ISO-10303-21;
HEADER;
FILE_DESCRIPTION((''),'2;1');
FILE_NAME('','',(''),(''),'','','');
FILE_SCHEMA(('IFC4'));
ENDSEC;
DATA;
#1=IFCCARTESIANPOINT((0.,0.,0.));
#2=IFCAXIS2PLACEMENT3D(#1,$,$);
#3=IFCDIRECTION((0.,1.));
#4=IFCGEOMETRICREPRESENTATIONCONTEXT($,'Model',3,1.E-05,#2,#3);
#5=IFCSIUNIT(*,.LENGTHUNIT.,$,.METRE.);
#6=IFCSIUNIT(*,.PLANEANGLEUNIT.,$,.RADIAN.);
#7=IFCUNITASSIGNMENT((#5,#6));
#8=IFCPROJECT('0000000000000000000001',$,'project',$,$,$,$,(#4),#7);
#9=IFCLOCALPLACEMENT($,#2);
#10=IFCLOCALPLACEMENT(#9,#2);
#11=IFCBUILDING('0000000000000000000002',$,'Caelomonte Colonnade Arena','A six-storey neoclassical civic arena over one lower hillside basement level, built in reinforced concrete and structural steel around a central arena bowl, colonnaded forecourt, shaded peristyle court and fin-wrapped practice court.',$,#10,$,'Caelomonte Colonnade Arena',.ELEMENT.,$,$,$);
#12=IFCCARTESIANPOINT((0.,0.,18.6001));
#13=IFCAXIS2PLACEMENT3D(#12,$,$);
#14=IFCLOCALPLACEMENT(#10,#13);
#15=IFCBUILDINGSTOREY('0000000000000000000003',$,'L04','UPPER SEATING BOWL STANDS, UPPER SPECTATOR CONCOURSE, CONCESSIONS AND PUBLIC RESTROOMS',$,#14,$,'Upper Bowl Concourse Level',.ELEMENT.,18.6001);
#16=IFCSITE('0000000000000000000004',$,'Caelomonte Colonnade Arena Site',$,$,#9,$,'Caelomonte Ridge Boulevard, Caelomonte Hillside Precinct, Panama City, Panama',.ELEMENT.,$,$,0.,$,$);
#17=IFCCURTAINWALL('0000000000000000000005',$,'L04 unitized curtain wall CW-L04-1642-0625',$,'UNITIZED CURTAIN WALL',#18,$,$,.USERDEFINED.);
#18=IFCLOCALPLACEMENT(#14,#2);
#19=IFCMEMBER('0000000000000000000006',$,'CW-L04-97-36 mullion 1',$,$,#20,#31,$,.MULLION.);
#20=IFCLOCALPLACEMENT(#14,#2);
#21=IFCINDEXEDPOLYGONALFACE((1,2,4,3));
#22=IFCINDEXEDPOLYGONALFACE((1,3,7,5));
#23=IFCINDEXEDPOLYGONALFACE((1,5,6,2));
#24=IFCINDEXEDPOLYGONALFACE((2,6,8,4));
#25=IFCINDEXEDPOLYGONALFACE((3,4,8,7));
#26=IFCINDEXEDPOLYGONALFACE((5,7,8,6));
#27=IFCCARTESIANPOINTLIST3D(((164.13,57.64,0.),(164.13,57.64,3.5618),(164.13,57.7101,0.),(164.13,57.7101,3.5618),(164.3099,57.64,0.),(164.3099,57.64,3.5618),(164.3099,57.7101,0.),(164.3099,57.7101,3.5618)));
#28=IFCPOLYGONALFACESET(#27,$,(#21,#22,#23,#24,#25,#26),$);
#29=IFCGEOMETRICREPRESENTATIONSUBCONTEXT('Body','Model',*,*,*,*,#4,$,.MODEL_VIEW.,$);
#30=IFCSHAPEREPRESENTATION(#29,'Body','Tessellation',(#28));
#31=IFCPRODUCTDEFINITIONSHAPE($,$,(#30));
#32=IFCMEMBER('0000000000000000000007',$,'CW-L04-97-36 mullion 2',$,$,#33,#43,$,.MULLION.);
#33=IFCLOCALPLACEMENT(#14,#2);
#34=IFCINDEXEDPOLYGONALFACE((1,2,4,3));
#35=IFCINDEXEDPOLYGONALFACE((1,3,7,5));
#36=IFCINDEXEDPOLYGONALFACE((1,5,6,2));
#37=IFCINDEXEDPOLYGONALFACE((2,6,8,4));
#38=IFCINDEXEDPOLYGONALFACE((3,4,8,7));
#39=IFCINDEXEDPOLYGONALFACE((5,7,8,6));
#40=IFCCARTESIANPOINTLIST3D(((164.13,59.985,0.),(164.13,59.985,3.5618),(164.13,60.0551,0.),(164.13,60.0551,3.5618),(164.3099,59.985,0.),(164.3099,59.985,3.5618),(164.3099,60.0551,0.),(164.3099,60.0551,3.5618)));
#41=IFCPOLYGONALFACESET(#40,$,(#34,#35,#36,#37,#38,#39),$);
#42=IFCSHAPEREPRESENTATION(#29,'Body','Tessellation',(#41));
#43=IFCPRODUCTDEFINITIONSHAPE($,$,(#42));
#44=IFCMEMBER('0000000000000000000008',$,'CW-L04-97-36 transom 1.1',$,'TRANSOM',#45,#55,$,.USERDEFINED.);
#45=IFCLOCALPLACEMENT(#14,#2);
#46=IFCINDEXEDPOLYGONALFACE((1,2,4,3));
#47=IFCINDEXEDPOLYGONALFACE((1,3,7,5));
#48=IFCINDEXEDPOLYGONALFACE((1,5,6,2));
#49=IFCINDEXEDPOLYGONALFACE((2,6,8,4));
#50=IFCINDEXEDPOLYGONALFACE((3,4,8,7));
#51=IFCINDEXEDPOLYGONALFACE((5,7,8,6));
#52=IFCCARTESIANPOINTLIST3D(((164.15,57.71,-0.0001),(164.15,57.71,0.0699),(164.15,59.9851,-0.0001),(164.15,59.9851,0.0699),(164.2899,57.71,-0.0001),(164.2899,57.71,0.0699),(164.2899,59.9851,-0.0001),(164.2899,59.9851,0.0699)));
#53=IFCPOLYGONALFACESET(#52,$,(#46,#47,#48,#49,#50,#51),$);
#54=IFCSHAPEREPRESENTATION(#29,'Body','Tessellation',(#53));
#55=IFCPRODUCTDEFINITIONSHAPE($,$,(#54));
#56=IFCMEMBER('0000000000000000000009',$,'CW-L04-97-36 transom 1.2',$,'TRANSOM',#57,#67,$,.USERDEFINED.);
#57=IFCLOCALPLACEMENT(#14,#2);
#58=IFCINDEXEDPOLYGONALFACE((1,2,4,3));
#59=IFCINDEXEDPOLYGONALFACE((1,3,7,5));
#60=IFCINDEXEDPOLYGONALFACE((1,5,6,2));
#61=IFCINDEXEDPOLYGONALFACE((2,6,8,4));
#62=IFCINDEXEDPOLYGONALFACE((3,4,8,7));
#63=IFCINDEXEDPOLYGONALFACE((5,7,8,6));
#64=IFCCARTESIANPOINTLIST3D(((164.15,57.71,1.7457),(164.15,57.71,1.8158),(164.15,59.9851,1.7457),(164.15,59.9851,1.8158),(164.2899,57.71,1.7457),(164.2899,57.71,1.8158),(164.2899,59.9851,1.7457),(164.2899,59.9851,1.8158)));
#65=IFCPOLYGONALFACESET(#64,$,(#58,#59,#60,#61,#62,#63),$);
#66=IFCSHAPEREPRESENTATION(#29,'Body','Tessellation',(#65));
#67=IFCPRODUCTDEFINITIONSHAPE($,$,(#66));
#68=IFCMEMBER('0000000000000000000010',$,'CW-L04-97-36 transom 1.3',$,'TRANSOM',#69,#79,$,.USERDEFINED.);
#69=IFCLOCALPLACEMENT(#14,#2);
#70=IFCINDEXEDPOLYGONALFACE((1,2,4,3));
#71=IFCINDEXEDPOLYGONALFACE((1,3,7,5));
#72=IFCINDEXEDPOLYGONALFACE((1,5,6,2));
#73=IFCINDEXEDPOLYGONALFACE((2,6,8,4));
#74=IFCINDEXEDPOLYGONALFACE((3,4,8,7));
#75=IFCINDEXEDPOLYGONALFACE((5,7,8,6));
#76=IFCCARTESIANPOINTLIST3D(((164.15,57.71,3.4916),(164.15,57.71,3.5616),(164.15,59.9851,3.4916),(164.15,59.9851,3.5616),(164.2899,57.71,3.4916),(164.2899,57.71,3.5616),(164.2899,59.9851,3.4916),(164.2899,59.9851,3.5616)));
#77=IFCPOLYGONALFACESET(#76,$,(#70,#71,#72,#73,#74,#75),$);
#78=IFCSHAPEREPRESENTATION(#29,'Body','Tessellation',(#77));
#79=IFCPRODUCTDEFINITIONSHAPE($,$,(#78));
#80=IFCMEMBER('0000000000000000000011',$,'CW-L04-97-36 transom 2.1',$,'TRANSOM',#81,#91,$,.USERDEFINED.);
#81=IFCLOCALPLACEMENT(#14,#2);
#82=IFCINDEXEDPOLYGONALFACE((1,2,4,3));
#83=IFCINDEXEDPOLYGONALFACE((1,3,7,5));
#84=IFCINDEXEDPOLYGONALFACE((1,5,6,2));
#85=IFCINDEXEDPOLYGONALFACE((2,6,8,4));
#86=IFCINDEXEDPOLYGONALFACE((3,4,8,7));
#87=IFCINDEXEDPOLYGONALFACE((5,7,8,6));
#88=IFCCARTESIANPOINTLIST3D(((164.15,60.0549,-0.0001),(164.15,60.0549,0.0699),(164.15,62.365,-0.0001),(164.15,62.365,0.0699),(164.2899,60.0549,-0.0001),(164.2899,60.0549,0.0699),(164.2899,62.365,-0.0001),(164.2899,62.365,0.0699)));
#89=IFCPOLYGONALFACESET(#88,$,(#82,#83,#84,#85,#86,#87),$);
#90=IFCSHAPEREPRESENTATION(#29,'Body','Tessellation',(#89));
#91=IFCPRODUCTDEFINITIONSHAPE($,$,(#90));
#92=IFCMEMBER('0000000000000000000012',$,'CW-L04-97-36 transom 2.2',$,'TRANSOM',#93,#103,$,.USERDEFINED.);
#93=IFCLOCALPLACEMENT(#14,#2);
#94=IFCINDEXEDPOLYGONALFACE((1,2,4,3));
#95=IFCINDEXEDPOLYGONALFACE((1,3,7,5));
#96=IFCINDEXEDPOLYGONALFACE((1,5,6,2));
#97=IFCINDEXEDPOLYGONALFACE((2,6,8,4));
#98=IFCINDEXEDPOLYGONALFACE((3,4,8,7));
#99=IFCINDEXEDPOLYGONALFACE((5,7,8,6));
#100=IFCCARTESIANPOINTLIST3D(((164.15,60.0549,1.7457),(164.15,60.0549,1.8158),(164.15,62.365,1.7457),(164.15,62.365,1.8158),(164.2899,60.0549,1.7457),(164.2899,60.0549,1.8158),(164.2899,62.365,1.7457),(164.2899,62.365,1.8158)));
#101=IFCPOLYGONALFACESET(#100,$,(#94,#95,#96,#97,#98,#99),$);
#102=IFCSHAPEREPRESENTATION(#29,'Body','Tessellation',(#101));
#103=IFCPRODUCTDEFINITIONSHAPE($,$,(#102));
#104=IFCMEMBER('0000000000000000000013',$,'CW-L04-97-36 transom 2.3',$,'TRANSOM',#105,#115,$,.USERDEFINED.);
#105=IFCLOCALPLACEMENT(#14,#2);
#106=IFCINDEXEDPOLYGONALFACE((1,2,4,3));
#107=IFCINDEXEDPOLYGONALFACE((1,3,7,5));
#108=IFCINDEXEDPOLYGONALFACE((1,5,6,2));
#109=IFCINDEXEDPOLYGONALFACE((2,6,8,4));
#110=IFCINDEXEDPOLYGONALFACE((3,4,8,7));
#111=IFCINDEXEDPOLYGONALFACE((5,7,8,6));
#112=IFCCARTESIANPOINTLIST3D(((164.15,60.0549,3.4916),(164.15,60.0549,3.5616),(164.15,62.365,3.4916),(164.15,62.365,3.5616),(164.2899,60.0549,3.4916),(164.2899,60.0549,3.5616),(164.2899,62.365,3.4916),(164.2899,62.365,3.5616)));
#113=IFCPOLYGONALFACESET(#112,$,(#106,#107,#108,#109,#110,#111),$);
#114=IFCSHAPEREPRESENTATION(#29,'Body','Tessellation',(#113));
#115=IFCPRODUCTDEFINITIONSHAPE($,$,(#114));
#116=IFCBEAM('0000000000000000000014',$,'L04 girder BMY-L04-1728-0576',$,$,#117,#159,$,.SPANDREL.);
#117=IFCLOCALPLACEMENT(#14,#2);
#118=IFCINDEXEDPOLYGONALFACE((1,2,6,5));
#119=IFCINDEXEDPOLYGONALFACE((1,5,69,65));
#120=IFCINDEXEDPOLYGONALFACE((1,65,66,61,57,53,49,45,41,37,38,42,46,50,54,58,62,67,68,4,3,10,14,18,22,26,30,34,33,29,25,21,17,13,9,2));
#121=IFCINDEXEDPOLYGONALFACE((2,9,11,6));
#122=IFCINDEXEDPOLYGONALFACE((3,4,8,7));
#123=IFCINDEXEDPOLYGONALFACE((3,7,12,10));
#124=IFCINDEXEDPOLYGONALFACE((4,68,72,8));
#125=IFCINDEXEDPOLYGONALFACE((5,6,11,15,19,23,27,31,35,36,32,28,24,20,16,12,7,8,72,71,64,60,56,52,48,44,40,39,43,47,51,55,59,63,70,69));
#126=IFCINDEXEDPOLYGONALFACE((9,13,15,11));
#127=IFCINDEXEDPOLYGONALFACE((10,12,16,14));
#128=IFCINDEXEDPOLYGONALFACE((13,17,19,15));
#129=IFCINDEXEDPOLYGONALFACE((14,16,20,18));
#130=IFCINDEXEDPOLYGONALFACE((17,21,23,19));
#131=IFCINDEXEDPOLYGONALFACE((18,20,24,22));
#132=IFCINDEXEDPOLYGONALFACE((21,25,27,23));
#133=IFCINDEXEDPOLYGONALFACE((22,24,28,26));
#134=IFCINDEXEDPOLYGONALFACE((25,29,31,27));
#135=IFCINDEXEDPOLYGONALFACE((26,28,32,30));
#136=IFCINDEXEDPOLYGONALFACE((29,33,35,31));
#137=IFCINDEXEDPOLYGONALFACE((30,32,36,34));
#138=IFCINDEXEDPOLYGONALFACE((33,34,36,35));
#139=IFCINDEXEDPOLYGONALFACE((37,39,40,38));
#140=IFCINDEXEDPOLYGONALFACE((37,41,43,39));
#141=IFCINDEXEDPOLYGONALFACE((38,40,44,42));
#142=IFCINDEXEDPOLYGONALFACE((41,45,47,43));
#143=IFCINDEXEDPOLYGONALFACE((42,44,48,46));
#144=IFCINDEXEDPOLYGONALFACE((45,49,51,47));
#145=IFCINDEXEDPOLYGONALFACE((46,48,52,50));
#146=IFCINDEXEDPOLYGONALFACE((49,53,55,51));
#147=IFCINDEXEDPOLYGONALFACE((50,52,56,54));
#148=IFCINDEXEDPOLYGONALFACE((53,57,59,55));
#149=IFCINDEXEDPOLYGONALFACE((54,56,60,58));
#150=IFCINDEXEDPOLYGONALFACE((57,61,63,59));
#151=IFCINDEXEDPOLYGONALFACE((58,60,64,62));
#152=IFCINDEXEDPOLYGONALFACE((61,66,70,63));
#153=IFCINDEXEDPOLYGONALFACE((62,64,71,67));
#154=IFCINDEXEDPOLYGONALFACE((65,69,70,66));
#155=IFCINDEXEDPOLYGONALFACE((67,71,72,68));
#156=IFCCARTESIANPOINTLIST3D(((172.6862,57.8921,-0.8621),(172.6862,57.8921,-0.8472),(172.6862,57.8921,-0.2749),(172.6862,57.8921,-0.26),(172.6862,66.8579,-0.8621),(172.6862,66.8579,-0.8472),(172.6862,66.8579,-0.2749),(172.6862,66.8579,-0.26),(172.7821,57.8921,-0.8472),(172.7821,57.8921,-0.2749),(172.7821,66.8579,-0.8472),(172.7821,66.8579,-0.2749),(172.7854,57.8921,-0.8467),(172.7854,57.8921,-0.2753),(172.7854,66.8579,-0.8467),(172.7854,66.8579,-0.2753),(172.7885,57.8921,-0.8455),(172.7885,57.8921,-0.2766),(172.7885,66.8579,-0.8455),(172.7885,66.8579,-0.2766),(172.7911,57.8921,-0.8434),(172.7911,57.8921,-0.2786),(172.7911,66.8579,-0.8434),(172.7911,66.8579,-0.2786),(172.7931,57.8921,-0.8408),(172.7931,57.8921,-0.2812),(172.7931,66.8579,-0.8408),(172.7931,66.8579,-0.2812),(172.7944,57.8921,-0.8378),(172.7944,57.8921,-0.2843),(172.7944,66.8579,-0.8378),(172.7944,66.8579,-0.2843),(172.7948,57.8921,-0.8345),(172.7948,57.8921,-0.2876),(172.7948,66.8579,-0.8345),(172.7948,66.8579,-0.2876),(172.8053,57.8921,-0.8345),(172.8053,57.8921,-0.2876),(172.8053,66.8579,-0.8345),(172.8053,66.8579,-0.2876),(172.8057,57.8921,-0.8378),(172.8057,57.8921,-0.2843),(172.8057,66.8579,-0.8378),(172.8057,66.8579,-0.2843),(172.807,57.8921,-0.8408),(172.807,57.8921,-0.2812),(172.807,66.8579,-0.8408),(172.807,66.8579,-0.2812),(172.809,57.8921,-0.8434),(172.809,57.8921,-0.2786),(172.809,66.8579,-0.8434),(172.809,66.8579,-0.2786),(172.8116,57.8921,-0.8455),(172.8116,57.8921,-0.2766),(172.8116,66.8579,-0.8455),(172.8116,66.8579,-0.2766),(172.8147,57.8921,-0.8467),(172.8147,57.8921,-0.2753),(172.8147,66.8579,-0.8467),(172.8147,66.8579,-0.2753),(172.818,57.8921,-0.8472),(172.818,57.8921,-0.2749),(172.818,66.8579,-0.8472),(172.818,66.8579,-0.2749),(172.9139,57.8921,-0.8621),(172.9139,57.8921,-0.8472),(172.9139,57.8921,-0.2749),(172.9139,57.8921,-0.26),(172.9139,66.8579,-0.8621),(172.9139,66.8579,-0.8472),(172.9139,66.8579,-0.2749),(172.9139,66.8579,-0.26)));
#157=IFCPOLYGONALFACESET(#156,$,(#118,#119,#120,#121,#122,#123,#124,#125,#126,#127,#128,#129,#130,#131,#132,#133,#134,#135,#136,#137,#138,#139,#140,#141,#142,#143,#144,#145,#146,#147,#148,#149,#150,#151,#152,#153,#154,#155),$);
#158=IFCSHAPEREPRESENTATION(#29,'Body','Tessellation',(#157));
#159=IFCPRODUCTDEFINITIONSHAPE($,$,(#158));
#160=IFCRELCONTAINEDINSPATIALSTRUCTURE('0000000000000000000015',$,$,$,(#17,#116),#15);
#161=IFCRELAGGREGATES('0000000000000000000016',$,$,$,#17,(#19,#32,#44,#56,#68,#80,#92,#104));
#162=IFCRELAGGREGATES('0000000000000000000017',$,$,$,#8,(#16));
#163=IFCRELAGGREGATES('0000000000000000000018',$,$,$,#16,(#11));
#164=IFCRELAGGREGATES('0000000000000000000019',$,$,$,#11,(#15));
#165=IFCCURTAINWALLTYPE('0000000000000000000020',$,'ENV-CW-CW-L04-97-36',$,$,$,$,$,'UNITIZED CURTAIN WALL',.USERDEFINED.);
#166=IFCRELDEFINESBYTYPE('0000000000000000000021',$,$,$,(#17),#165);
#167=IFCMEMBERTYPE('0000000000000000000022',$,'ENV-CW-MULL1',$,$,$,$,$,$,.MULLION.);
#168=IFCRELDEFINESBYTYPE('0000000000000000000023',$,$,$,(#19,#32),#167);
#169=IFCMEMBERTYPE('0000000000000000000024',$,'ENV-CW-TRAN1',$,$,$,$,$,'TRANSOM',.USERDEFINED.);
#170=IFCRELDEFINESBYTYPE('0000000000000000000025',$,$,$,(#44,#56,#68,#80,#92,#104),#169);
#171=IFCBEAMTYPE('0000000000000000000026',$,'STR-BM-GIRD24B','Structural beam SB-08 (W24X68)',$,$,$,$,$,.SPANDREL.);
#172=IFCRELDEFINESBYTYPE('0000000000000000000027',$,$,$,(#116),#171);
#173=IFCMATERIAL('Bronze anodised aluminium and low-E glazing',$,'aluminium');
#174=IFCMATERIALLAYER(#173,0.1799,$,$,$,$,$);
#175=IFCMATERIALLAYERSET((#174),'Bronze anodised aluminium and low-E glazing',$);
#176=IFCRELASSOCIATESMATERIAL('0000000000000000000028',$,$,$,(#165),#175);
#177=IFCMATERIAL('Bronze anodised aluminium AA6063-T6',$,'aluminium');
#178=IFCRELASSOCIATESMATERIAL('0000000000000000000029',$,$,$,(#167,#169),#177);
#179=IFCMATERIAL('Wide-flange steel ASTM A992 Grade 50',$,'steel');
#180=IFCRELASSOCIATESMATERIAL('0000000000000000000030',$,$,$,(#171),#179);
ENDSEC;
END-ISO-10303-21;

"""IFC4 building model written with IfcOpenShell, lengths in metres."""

from ifc_helpers import new_model, si_unit, direction, frame, origin, origin_2d, place, context, subcontext, project, spatial, rectangle, i_section, extrude, material, layer, layer_set, material_profile, profile_set, type_object, element, aggregate, save


model = new_model("IFC4")

# Units and contexts
model_context = context("Model", 3, precision=1e-05, world=origin(), true_north=direction((0.0, 1.0)))
body_context = subcontext(model_context, "Body", "Model", "MODEL_VIEW")
ifc_project = project(units=[si_unit("LENGTHUNIT", "METRE"), si_unit("PLANEANGLEUNIT", "RADIAN")], contexts=[model_context])

# Site, building, storey
site_placement = place(None, origin())
site = spatial("IfcSite", under=ifc_project, at=site_placement, Name="Caelomonte Colonnade Arena Site", LongName="Caelomonte Ridge Boulevard, Caelomonte Hillside Precinct, Panama City, Panama", CompositionType="ELEMENT", RefElevation=0.0)
building_placement = place(site_placement, origin())
building = spatial("IfcBuilding", under=site, at=building_placement, Name="Caelomonte Colonnade Arena", Description="A six-storey neoclassical civic arena over one lower hillside basement level, built in reinforced concrete and structural steel around a central arena bowl, colonnaded forecourt, shaded peristyle court and fin-wrapped practice court.", LongName="Caelomonte Colonnade Arena", CompositionType="ELEMENT")
storey_placement = place(building_placement, frame((0.0, 0.0, 18.6001)))
storey = spatial("IfcBuildingStorey", under=building, at=storey_placement, Name="L04", Description="UPPER SEATING BOWL STANDS, UPPER SPECTATOR CONCOURSE, CONCESSIONS AND PUBLIC RESTROOMS", LongName="Upper Bowl Concourse Level", CompositionType="ELEMENT", Elevation=18.6001)

# Curtain wall, members
ifc_material_1 = material(Name="Bronze anodised aluminium and low-E glazing", Category="aluminium")
ifc_layer_1 = layer(ifc_material_1, 0.1799)
ifc_layer_set_1 = layer_set([ifc_layer_1], Name="Bronze anodised aluminium and low-E glazing")
curtain_wall_type = type_object("IfcCurtainWallType", Name="ENV-CW-CW-L04-97-36", ElementType="UNITIZED CURTAIN WALL", PredefinedType="USERDEFINED", material=ifc_layer_set_1)
curtain_wall_placement = place(storey_placement, origin())
curtain_wall = element("IfcCurtainWall", 1, at=curtain_wall_placement, inside=storey, type_object=curtain_wall_type, Name="L04 unitized curtain wall CW-L04-1642-0625", ObjectType="UNITIZED CURTAIN WALL", PredefinedType="USERDEFINED")
ifc_material_2 = material(Name="Bronze anodised aluminium AA6063-T6", Category="aluminium")
ifc_material_profile_1 = material_profile(ifc_material_2, rectangle(XDim=0.0701, YDim=0.1799, at=origin_2d()), Name="CWM-70X180")
ifc_profile_set_1 = profile_set([ifc_material_profile_1], Name="Bronze anodised aluminium AA6063-T6")
member_type_1 = type_object("IfcMemberType", Name="ENV-CW-MULL1", PredefinedType="MULLION", material=ifc_profile_set_1)
member_1_placement = place(storey_placement, frame((164.22, 57.675, 0.0), z_axis=(0.0, 0.0, 1.0), x_axis=(0.0, 1.0, 0.0)))
member_1 = element("IfcMember", 2, at=member_1_placement, type_object=member_type_1, Name="CW-L04-97-36 mullion 1", PredefinedType="MULLION", context=body_context, shape_type="SweptSolid", body=[
    extrude(rectangle(XDim=0.0701, YDim=0.1799, at=origin_2d()), origin(), (0.0, 0.0, 1.0), 3.5618),
])
member_2_placement = place(storey_placement, frame((164.22, 60.02, 0.0), z_axis=(0.0, 0.0, 1.0), x_axis=(0.0, 1.0, 0.0)))
member_2 = element("IfcMember", 3, at=member_2_placement, type_object=member_type_1, Name="CW-L04-97-36 mullion 2", PredefinedType="MULLION", context=body_context, shape_type="SweptSolid", body=[
    extrude(rectangle(XDim=0.0701, YDim=0.1799, at=origin_2d()), origin(), (0.0, 0.0, 1.0), 3.5618),
])
ifc_material_profile_2 = material_profile(ifc_material_2, rectangle(XDim=0.0701, YDim=0.1399, at=origin_2d()), Name="CWT-70X140")
ifc_profile_set_2 = profile_set([ifc_material_profile_2], Name="Bronze anodised aluminium AA6063-T6")
member_type_2 = type_object("IfcMemberType", Name="ENV-CW-TRAN1", ElementType="TRANSOM", PredefinedType="USERDEFINED", material=ifc_profile_set_2)
member_3_placement = place(storey_placement, frame((164.22, 57.71, 0.0349), z_axis=(0.0, 1.0, 0.0), x_axis=(0.0, 0.0, 1.0)))
member_3 = element("IfcMember", 4, at=member_3_placement, type_object=member_type_2, Name="CW-L04-97-36 transom 1.1", ObjectType="TRANSOM", PredefinedType="USERDEFINED", context=body_context, shape_type="SweptSolid", body=[
    extrude(rectangle(XDim=0.0701, YDim=0.1399, at=origin_2d()), origin(), (0.0, 0.0, 1.0), 2.2751),
])
member_4_placement = place(storey_placement, frame((164.22, 57.71, 1.7808), z_axis=(0.0, 1.0, 0.0), x_axis=(0.0, 0.0, 1.0)))
member_4 = element("IfcMember", 5, at=member_4_placement, type_object=member_type_2, Name="CW-L04-97-36 transom 1.2", ObjectType="TRANSOM", PredefinedType="USERDEFINED", context=body_context, shape_type="SweptSolid", body=[
    extrude(rectangle(XDim=0.0701, YDim=0.1399, at=origin_2d()), origin(), (0.0, 0.0, 1.0), 2.2751),
])
member_5_placement = place(storey_placement, frame((164.22, 57.71, 3.5266), z_axis=(0.0, 1.0, 0.0), x_axis=(0.0, 0.0, 1.0)))
member_5 = element("IfcMember", 6, at=member_5_placement, type_object=member_type_2, Name="CW-L04-97-36 transom 1.3", ObjectType="TRANSOM", PredefinedType="USERDEFINED", context=body_context, shape_type="SweptSolid", body=[
    extrude(rectangle(XDim=0.0701, YDim=0.1399, at=origin_2d()), origin(), (0.0, 0.0, 1.0), 2.2751),
])
member_6_placement = place(storey_placement, frame((164.22, 60.0549, 0.0349), z_axis=(0.0, 1.0, 0.0), x_axis=(0.0, 0.0, 1.0)))
member_6 = element("IfcMember", 7, at=member_6_placement, type_object=member_type_2, Name="CW-L04-97-36 transom 2.1", ObjectType="TRANSOM", PredefinedType="USERDEFINED", context=body_context, shape_type="SweptSolid", body=[
    extrude(rectangle(XDim=0.0701, YDim=0.1399, at=origin_2d()), origin(), (0.0, 0.0, 1.0), 2.3101),
])
member_7_placement = place(storey_placement, frame((164.22, 60.0549, 1.7808), z_axis=(0.0, 1.0, 0.0), x_axis=(0.0, 0.0, 1.0)))
member_7 = element("IfcMember", 8, at=member_7_placement, type_object=member_type_2, Name="CW-L04-97-36 transom 2.2", ObjectType="TRANSOM", PredefinedType="USERDEFINED", context=body_context, shape_type="SweptSolid", body=[
    extrude(rectangle(XDim=0.0701, YDim=0.1399, at=origin_2d()), origin(), (0.0, 0.0, 1.0), 2.3101),
])
member_8_placement = place(storey_placement, frame((164.22, 60.0549, 3.5266), z_axis=(0.0, 1.0, 0.0), x_axis=(0.0, 0.0, 1.0)))
member_8 = element("IfcMember", 9, at=member_8_placement, type_object=member_type_2, Name="CW-L04-97-36 transom 2.3", ObjectType="TRANSOM", PredefinedType="USERDEFINED", context=body_context, shape_type="SweptSolid", body=[
    extrude(rectangle(XDim=0.0701, YDim=0.1399, at=origin_2d()), origin(), (0.0, 0.0, 1.0), 2.3101),
])

# Beam
ifc_material_3 = material(Name="Wide-flange steel ASTM A992 Grade 50", Category="steel")
ifc_material_profile_3 = material_profile(ifc_material_3, i_section(OverallWidth=0.2278, OverallDepth=0.6021, WebThickness=0.0105, FlangeThickness=0.0149, FilletRadius=0.0127, at=origin_2d()), Name="W24X68")
ifc_profile_set_3 = profile_set([ifc_material_profile_3], Name="Wide-flange steel ASTM A992 Grade 50")
beam_type_1 = type_object("IfcBeamType", Name="STR-BM-GIRD24B", Description="Structural beam SB-08 (W24X68)", PredefinedType="SPANDREL", material=ifc_profile_set_3)
for number, where, z_axis, x_axis, name in (
    (10, (172.8, 57.8921, -0.561), (0.0, 1.0, 0.0), (-1.0, 0.0, 0.0), "L04 girder BMY-L04-1728-0576"),
):
    element("IfcBeam", number, at=place(storey_placement, frame(where, z_axis=z_axis, x_axis=x_axis)), inside=storey, type_object=beam_type_1, Name=name, PredefinedType="SPANDREL", context=body_context, shape_type="SweptSolid", body=[
        extrude(i_section(OverallWidth=0.2278, OverallDepth=0.6021, WebThickness=0.0105, FlangeThickness=0.0149, FilletRadius=0.0127, at=origin_2d()), origin(), (0.0, 0.0, 1.0), 8.9658),
    ])

aggregate(curtain_wall, [member_1, member_2, member_3, member_4, member_5, member_6, member_7, member_8])

save(model, "model.ifc")
